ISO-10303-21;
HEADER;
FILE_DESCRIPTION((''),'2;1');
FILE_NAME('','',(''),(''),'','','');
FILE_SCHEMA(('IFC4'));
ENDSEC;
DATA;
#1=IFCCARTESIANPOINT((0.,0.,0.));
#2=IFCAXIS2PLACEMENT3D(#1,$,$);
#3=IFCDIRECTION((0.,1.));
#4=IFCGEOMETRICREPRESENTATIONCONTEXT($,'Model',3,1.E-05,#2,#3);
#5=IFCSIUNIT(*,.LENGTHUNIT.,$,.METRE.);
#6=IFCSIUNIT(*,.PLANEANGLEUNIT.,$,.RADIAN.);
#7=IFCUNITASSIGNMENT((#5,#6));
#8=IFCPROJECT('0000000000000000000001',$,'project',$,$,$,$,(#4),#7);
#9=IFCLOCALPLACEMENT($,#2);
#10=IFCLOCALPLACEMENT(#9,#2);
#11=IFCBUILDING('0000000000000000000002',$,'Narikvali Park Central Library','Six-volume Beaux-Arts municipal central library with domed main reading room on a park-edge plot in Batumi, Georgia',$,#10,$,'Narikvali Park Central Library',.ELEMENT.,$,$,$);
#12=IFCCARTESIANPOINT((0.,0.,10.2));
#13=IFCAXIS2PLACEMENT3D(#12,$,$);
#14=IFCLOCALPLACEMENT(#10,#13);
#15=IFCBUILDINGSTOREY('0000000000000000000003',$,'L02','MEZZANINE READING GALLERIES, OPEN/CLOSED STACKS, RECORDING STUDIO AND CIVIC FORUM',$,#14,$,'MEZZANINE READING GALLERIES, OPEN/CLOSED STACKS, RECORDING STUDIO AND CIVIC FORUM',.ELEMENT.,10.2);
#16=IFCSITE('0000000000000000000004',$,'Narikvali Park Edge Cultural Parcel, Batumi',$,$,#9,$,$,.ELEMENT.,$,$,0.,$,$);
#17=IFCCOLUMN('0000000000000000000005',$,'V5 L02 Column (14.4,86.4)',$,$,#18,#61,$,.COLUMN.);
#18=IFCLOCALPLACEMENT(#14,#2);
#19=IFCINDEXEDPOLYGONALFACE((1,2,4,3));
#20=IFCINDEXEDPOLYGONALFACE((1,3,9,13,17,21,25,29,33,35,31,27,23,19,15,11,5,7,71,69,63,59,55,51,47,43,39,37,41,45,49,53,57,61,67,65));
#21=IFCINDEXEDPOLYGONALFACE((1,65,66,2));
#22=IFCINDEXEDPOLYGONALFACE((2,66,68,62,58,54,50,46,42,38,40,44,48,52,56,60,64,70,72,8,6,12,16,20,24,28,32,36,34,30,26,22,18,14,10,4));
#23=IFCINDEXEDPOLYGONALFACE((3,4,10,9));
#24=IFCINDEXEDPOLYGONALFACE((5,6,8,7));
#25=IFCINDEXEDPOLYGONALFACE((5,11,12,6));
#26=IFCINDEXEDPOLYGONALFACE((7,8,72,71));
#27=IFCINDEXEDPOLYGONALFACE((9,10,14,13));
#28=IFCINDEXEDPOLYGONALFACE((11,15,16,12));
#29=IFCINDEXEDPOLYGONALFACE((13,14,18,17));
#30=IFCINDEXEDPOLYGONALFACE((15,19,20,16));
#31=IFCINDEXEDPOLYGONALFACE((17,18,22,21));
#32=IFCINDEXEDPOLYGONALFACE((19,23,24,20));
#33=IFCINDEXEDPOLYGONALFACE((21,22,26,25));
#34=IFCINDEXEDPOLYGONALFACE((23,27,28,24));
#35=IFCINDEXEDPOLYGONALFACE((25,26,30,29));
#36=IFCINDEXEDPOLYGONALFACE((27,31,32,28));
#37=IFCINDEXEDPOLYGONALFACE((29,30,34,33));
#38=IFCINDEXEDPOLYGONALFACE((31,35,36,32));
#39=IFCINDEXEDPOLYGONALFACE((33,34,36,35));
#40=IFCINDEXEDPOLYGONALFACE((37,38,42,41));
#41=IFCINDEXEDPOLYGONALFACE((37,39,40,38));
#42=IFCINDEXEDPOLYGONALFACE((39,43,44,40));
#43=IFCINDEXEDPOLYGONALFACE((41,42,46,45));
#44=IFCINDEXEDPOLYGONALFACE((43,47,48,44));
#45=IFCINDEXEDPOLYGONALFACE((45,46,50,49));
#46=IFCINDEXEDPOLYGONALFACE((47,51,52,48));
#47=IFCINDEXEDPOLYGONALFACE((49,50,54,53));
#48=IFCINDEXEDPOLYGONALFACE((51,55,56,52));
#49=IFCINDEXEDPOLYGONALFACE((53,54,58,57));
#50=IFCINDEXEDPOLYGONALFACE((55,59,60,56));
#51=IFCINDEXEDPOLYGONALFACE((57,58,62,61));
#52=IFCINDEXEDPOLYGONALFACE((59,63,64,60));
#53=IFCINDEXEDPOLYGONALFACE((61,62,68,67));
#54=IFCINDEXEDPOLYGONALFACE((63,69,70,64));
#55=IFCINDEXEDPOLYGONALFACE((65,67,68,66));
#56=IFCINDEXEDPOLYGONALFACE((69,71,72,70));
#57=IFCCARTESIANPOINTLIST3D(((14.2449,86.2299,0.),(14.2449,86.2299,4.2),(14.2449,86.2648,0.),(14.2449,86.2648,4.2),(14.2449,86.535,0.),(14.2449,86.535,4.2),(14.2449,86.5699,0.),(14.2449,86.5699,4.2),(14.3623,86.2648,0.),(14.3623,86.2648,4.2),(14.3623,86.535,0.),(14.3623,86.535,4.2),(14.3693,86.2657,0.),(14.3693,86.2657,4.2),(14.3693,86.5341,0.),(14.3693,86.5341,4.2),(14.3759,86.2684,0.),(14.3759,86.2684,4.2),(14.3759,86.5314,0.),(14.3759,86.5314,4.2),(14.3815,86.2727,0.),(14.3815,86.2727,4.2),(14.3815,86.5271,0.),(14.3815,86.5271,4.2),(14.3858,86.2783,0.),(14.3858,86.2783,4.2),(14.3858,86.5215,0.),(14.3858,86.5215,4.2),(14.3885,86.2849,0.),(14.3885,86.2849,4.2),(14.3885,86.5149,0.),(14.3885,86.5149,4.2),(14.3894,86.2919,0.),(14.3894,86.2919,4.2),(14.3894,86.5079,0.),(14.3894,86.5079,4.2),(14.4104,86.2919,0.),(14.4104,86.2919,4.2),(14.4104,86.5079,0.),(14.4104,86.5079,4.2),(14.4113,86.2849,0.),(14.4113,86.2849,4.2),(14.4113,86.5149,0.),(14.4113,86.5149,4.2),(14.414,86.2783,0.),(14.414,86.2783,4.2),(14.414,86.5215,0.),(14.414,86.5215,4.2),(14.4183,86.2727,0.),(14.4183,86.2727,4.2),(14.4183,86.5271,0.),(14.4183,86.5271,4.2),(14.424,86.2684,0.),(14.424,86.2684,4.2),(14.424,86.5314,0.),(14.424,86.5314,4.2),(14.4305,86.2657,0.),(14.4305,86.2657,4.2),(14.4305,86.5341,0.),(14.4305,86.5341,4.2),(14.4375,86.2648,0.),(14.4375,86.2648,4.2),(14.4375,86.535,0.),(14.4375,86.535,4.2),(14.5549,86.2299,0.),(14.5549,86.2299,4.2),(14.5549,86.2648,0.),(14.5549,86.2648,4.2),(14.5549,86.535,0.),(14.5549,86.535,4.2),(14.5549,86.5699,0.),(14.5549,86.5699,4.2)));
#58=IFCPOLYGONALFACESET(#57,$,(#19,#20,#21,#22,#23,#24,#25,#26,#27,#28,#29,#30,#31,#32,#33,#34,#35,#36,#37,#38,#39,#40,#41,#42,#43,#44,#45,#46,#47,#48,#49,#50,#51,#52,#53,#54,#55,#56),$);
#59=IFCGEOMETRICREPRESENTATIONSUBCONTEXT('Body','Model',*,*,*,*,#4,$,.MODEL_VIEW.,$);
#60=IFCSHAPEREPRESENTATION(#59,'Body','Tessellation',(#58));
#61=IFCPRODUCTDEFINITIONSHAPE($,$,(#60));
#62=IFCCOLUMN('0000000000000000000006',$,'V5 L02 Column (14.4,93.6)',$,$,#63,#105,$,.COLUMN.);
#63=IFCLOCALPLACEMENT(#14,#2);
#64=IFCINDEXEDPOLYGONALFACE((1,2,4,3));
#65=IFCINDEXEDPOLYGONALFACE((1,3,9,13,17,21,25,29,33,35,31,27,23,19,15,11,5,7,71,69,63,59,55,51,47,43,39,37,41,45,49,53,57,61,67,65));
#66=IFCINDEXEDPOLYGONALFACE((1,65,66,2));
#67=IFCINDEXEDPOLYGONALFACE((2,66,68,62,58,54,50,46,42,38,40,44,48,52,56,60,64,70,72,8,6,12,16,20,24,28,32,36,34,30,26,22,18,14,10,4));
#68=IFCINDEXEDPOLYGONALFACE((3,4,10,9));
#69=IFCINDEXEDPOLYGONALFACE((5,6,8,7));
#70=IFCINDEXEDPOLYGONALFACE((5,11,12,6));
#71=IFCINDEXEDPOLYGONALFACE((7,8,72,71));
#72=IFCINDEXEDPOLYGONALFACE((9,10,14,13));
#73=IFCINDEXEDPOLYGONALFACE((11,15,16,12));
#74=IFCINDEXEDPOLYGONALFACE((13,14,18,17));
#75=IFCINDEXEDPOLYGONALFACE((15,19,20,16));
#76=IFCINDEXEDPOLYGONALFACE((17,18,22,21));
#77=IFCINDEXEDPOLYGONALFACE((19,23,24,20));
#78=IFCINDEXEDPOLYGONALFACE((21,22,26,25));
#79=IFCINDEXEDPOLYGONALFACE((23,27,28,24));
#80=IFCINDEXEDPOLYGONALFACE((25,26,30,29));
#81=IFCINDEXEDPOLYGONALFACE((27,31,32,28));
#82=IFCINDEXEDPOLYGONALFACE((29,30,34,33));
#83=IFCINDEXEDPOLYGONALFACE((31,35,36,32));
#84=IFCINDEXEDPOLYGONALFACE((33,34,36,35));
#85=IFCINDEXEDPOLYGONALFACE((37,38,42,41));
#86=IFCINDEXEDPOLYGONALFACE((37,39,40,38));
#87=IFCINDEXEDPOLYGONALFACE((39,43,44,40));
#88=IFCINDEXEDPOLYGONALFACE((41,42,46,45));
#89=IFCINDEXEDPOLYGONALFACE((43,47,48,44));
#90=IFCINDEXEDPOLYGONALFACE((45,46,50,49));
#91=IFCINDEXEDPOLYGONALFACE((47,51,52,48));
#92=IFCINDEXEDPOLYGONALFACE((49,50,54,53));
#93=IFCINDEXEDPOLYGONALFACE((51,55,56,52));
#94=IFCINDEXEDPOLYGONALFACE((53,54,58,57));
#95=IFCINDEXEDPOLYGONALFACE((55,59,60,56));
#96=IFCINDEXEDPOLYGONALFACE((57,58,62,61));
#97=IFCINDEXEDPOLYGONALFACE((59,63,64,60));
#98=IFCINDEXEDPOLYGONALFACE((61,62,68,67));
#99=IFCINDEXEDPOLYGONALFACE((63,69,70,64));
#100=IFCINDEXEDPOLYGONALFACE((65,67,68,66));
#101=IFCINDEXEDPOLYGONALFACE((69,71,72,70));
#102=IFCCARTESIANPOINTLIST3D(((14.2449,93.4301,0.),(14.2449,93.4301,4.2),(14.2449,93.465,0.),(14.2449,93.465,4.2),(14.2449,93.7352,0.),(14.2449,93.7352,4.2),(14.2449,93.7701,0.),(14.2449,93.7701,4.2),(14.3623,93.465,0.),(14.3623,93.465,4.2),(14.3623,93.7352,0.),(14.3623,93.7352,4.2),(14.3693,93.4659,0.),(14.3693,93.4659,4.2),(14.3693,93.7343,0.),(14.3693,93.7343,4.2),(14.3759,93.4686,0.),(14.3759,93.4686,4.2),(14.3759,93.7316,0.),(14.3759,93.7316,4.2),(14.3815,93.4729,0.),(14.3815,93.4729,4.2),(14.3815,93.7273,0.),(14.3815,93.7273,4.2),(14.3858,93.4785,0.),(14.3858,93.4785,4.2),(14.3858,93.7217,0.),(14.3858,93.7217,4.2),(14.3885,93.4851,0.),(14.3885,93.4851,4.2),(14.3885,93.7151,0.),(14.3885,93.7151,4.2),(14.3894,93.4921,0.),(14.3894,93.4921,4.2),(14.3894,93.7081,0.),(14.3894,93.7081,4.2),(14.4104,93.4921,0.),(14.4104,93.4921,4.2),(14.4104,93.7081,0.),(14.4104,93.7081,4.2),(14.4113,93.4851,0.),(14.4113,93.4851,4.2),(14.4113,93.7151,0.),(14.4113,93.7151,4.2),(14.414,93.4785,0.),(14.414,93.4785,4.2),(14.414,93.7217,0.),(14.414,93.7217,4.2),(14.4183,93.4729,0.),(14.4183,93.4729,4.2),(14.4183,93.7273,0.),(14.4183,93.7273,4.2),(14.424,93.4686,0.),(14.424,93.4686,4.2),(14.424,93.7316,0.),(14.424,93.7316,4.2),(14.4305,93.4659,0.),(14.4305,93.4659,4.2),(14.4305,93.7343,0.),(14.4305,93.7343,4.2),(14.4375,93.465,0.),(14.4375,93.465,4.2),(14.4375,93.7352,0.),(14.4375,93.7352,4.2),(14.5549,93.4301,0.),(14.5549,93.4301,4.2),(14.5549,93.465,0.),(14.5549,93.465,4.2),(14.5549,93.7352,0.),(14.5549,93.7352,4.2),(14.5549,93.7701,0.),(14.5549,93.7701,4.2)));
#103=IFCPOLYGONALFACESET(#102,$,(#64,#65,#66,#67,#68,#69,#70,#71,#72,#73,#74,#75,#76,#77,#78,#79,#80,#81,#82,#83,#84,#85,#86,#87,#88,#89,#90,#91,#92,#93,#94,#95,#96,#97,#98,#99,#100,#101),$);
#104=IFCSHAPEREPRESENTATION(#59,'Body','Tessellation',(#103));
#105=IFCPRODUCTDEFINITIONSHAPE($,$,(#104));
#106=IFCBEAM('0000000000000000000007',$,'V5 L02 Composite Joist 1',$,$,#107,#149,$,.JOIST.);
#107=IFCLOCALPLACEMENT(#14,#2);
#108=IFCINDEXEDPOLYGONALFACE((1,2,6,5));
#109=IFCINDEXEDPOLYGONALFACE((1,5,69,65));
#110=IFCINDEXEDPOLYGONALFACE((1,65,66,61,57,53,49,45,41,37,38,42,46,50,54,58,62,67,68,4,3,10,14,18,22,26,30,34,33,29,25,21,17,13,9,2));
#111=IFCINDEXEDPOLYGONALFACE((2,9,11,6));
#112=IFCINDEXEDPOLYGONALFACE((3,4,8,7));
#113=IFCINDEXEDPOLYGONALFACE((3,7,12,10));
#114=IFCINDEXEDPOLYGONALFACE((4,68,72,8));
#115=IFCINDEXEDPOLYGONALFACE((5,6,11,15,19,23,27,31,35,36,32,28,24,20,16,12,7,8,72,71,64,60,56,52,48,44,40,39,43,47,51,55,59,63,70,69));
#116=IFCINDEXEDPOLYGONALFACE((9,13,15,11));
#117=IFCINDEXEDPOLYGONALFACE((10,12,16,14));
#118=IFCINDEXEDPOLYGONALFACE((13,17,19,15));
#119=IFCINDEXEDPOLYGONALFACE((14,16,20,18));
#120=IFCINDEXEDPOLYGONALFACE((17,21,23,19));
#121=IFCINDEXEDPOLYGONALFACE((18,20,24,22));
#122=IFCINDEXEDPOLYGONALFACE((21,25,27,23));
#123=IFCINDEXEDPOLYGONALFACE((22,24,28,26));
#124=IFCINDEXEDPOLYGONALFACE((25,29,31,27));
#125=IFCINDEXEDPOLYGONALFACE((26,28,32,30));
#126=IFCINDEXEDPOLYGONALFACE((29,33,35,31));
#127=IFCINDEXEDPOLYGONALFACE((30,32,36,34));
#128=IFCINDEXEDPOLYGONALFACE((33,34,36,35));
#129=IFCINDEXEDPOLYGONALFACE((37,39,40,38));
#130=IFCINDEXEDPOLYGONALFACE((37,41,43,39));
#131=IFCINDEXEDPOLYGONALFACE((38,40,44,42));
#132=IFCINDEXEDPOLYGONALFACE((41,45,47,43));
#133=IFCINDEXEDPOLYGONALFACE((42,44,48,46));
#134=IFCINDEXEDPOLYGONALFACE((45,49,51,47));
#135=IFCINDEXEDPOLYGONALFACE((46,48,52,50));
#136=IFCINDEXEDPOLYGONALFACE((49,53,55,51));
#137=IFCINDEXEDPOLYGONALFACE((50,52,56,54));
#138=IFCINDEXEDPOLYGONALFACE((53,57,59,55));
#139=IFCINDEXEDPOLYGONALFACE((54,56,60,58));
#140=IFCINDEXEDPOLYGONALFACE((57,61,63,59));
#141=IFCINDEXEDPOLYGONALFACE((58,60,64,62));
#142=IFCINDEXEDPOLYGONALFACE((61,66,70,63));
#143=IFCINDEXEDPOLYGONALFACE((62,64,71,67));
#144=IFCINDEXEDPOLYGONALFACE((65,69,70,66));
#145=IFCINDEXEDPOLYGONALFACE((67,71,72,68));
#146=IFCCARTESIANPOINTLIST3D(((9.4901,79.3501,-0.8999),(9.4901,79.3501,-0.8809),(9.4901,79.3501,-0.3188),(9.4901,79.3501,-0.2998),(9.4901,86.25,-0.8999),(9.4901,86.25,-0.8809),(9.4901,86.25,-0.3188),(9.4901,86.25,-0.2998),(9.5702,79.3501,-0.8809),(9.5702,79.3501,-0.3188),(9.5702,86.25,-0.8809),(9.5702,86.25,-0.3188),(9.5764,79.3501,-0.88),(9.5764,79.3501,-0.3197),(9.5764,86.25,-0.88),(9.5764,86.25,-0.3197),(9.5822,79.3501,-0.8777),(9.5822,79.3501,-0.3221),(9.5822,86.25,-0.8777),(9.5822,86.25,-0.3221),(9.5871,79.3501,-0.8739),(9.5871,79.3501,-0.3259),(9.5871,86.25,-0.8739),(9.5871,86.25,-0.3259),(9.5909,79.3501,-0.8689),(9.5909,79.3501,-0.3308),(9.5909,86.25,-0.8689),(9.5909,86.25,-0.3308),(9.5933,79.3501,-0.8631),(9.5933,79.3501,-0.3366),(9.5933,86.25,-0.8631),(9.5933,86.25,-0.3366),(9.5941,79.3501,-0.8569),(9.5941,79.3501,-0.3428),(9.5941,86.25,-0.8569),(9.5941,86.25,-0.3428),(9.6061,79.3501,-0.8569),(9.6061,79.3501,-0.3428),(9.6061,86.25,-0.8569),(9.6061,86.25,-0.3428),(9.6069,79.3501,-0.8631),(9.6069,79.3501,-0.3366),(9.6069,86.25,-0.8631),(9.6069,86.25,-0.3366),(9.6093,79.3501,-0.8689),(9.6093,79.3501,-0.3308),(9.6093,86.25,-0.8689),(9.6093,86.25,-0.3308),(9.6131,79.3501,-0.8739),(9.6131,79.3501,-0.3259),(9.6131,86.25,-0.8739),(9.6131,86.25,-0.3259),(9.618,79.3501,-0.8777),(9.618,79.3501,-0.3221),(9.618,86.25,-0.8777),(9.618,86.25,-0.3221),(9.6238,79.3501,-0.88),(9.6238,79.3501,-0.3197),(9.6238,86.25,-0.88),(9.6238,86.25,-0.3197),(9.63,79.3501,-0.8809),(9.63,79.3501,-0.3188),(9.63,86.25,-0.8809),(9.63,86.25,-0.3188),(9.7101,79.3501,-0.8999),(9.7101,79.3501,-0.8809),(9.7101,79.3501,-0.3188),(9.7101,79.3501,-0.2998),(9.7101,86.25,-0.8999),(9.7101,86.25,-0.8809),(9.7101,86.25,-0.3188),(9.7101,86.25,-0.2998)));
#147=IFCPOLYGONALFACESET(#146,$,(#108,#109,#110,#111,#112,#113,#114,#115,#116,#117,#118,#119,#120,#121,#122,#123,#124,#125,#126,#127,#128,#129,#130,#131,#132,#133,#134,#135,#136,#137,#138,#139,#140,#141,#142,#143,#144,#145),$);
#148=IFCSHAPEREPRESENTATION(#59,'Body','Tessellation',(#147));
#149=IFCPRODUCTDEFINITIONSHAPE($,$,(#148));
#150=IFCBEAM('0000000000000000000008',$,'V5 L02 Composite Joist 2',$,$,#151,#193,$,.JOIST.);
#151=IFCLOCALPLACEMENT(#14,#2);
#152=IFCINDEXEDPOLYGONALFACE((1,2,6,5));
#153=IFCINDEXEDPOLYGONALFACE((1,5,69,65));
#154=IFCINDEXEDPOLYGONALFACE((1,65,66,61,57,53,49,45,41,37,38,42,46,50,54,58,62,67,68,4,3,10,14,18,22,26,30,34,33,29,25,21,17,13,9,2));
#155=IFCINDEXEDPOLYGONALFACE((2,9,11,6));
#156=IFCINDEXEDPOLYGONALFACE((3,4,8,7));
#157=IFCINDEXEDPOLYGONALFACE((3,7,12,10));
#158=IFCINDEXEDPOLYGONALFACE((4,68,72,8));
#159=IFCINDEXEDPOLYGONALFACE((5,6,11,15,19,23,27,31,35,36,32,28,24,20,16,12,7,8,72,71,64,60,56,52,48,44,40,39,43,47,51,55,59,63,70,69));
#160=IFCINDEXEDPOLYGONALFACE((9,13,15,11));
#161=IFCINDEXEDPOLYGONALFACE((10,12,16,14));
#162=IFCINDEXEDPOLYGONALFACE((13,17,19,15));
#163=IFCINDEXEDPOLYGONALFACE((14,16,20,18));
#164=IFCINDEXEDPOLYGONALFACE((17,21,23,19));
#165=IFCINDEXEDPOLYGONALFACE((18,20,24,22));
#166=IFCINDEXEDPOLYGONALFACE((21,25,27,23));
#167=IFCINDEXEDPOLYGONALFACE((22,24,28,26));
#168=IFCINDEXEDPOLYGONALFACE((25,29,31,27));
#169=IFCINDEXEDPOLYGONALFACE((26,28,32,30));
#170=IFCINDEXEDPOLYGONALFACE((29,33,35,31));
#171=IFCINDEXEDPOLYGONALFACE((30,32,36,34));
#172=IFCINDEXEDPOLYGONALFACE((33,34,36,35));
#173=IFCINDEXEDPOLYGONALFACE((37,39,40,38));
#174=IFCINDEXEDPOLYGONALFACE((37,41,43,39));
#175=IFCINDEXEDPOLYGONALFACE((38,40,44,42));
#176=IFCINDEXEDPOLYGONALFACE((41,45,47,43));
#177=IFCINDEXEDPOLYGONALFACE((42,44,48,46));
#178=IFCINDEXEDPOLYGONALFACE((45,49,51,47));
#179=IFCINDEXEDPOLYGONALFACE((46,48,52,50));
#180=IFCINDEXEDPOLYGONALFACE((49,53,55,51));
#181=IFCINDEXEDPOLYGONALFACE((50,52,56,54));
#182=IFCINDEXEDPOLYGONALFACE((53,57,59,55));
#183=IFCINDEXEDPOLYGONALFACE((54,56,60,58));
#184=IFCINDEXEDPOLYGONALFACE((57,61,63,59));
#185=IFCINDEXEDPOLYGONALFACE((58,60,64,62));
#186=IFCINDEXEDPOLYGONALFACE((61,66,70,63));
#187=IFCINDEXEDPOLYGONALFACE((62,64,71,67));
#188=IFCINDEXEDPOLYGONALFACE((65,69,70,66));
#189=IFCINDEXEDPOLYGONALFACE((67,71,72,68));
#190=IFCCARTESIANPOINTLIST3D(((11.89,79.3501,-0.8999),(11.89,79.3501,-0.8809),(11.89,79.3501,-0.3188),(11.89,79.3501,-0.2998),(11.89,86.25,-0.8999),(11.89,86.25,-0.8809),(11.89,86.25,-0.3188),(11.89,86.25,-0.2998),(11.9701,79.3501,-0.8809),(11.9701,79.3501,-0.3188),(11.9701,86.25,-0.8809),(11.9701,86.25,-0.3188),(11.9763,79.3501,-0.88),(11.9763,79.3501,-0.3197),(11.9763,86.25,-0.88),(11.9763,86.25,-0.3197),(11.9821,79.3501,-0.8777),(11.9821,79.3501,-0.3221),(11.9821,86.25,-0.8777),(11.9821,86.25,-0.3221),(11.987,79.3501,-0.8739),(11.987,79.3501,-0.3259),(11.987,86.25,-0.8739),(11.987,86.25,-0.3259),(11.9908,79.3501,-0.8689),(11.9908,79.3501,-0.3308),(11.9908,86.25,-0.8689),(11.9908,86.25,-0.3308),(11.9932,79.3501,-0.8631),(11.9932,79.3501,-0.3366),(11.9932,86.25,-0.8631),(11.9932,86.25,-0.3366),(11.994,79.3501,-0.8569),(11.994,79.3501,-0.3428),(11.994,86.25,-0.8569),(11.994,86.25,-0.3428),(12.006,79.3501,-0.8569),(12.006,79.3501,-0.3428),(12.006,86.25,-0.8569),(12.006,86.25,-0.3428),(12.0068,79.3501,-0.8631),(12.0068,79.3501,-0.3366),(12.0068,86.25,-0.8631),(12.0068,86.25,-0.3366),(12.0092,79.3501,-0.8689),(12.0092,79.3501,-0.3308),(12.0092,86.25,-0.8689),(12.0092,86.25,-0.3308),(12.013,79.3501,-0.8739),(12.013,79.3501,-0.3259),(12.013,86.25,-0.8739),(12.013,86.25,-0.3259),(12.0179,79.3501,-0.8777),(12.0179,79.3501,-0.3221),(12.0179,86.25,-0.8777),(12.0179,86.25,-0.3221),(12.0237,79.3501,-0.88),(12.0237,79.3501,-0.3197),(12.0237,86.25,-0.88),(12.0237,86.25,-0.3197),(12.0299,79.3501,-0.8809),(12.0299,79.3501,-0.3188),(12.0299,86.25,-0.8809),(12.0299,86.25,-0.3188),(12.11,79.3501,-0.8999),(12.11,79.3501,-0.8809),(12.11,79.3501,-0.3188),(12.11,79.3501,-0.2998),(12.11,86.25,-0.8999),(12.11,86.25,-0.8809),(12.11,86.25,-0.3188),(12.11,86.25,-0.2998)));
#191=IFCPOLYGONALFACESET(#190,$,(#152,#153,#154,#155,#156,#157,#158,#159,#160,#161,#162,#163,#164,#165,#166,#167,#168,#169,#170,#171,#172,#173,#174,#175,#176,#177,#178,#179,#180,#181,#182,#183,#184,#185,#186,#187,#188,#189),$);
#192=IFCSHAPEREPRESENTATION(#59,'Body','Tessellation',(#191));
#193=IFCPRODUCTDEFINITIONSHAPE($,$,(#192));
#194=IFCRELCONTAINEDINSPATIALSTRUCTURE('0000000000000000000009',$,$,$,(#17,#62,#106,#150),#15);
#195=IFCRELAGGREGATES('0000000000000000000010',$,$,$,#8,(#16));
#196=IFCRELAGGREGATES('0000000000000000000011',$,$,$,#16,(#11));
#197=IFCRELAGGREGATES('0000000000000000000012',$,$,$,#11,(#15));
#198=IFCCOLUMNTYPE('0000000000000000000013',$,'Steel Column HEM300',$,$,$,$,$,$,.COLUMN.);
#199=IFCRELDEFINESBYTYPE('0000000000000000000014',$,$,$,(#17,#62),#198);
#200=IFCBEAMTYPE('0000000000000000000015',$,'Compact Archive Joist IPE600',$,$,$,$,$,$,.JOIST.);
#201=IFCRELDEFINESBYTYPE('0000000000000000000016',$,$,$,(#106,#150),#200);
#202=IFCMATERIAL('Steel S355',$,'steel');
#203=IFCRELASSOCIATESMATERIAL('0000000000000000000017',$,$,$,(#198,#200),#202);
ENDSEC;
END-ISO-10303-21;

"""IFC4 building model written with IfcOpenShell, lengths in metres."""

from ifc_helpers import new_model, si_unit, direction, frame, origin, origin_2d, place, context, subcontext, project, spatial, i_section, extrude, material, material_profile, profile_set, type_object, element, save


model = new_model("IFC4")

# Units and contexts
model_context = context("Model", 3, precision=1e-05, world=origin(), true_north=direction((0.0, 1.0)))
body_context = subcontext(model_context, "Body", "Model", "MODEL_VIEW")
ifc_project = project(units=[si_unit("LENGTHUNIT", "METRE"), si_unit("PLANEANGLEUNIT", "RADIAN")], contexts=[model_context])

# Site, building, storey
site_placement = place(None, origin())
site = spatial("IfcSite", under=ifc_project, at=site_placement, Name="Narikvali Park Edge Cultural Parcel, Batumi", CompositionType="ELEMENT", RefElevation=0.0)
building_placement = place(site_placement, origin())
building = spatial("IfcBuilding", under=site, at=building_placement, Name="Narikvali Park Central Library", Description="Six-volume Beaux-Arts municipal central library with domed main reading room on a park-edge plot in Batumi, Georgia", LongName="Narikvali Park Central Library", CompositionType="ELEMENT")
storey_placement = place(building_placement, frame((0.0, 0.0, 10.2)))
storey = spatial("IfcBuildingStorey", under=building, at=storey_placement, Name="L02", Description="MEZZANINE READING GALLERIES, OPEN/CLOSED STACKS, RECORDING STUDIO AND CIVIC FORUM", LongName="MEZZANINE READING GALLERIES, OPEN/CLOSED STACKS, RECORDING STUDIO AND CIVIC FORUM", CompositionType="ELEMENT", Elevation=10.2)

# Columns
ifc_material_1 = material(Name="Steel S355", Category="steel")
ifc_material_profile_1 = material_profile(ifc_material_1, i_section(OverallWidth=0.3101, OverallDepth=0.3401, WebThickness=0.021, FlangeThickness=0.0349, FilletRadius=0.0271, at=origin_2d()), Name="HEM 300")
ifc_profile_set_1 = profile_set([ifc_material_profile_1], Name="Steel S355")
column_type = type_object("IfcColumnType", Name="Steel Column HEM300", PredefinedType="COLUMN", material=ifc_profile_set_1)
for number, where, z_axis, x_axis, name in (
    (1, (14.3999, 86.3999, 0.0), (0.0, 0.0, 1.0), (1.0, 0.0, 0.0), "V5 L02 Column (14.4,86.4)"),
    (2, (14.3999, 93.6001, 0.0), (0.0, 0.0, 1.0), (1.0, 0.0, 0.0), "V5 L02 Column (14.4,93.6)"),
):
    element("IfcColumn", number, at=place(storey_placement, frame(where, z_axis=z_axis, x_axis=x_axis)), inside=storey, type_object=column_type, Name=name, PredefinedType="COLUMN", context=body_context, shape_type="SweptSolid", body=[
        extrude(i_section(OverallWidth=0.3101, OverallDepth=0.3401, WebThickness=0.021, FlangeThickness=0.0349, FilletRadius=0.0271, at=origin_2d()), origin(), (0.0, 0.0, 1.0), 4.2),
    ])

# Beams
ifc_material_profile_2 = material_profile(ifc_material_1, i_section(OverallWidth=0.22, OverallDepth=0.6001, WebThickness=0.012, FlangeThickness=0.019, FilletRadius=0.0239, at=origin_2d()), Name="IPE 600")
ifc_profile_set_2 = profile_set([ifc_material_profile_2], Name="Steel S355")
beam_type_1 = type_object("IfcBeamType", Name="Compact Archive Joist IPE600", PredefinedType="JOIST", material=ifc_profile_set_2)
for number, where, z_axis, x_axis, name in (
    (3, (9.6001, 79.3501, -0.5999), (0.0, 1.0, 0.0), (-1.0, 0.0, 0.0), "V5 L02 Composite Joist 1"),
    (4, (12.0, 79.3501, -0.5999), (0.0, 1.0, 0.0), (-1.0, 0.0, 0.0), "V5 L02 Composite Joist 2"),
):
    element("IfcBeam", number, at=place(storey_placement, frame(where, z_axis=z_axis, x_axis=x_axis)), inside=storey, type_object=beam_type_1, Name=name, PredefinedType="JOIST", context=body_context, shape_type="SweptSolid", body=[
        extrude(i_section(OverallWidth=0.22, OverallDepth=0.6001, WebThickness=0.012, FlangeThickness=0.019, FilletRadius=0.0239, at=origin_2d()), origin(), (0.0, 0.0, 1.0), 6.8999),
    ])

save(model, "model.ifc")
